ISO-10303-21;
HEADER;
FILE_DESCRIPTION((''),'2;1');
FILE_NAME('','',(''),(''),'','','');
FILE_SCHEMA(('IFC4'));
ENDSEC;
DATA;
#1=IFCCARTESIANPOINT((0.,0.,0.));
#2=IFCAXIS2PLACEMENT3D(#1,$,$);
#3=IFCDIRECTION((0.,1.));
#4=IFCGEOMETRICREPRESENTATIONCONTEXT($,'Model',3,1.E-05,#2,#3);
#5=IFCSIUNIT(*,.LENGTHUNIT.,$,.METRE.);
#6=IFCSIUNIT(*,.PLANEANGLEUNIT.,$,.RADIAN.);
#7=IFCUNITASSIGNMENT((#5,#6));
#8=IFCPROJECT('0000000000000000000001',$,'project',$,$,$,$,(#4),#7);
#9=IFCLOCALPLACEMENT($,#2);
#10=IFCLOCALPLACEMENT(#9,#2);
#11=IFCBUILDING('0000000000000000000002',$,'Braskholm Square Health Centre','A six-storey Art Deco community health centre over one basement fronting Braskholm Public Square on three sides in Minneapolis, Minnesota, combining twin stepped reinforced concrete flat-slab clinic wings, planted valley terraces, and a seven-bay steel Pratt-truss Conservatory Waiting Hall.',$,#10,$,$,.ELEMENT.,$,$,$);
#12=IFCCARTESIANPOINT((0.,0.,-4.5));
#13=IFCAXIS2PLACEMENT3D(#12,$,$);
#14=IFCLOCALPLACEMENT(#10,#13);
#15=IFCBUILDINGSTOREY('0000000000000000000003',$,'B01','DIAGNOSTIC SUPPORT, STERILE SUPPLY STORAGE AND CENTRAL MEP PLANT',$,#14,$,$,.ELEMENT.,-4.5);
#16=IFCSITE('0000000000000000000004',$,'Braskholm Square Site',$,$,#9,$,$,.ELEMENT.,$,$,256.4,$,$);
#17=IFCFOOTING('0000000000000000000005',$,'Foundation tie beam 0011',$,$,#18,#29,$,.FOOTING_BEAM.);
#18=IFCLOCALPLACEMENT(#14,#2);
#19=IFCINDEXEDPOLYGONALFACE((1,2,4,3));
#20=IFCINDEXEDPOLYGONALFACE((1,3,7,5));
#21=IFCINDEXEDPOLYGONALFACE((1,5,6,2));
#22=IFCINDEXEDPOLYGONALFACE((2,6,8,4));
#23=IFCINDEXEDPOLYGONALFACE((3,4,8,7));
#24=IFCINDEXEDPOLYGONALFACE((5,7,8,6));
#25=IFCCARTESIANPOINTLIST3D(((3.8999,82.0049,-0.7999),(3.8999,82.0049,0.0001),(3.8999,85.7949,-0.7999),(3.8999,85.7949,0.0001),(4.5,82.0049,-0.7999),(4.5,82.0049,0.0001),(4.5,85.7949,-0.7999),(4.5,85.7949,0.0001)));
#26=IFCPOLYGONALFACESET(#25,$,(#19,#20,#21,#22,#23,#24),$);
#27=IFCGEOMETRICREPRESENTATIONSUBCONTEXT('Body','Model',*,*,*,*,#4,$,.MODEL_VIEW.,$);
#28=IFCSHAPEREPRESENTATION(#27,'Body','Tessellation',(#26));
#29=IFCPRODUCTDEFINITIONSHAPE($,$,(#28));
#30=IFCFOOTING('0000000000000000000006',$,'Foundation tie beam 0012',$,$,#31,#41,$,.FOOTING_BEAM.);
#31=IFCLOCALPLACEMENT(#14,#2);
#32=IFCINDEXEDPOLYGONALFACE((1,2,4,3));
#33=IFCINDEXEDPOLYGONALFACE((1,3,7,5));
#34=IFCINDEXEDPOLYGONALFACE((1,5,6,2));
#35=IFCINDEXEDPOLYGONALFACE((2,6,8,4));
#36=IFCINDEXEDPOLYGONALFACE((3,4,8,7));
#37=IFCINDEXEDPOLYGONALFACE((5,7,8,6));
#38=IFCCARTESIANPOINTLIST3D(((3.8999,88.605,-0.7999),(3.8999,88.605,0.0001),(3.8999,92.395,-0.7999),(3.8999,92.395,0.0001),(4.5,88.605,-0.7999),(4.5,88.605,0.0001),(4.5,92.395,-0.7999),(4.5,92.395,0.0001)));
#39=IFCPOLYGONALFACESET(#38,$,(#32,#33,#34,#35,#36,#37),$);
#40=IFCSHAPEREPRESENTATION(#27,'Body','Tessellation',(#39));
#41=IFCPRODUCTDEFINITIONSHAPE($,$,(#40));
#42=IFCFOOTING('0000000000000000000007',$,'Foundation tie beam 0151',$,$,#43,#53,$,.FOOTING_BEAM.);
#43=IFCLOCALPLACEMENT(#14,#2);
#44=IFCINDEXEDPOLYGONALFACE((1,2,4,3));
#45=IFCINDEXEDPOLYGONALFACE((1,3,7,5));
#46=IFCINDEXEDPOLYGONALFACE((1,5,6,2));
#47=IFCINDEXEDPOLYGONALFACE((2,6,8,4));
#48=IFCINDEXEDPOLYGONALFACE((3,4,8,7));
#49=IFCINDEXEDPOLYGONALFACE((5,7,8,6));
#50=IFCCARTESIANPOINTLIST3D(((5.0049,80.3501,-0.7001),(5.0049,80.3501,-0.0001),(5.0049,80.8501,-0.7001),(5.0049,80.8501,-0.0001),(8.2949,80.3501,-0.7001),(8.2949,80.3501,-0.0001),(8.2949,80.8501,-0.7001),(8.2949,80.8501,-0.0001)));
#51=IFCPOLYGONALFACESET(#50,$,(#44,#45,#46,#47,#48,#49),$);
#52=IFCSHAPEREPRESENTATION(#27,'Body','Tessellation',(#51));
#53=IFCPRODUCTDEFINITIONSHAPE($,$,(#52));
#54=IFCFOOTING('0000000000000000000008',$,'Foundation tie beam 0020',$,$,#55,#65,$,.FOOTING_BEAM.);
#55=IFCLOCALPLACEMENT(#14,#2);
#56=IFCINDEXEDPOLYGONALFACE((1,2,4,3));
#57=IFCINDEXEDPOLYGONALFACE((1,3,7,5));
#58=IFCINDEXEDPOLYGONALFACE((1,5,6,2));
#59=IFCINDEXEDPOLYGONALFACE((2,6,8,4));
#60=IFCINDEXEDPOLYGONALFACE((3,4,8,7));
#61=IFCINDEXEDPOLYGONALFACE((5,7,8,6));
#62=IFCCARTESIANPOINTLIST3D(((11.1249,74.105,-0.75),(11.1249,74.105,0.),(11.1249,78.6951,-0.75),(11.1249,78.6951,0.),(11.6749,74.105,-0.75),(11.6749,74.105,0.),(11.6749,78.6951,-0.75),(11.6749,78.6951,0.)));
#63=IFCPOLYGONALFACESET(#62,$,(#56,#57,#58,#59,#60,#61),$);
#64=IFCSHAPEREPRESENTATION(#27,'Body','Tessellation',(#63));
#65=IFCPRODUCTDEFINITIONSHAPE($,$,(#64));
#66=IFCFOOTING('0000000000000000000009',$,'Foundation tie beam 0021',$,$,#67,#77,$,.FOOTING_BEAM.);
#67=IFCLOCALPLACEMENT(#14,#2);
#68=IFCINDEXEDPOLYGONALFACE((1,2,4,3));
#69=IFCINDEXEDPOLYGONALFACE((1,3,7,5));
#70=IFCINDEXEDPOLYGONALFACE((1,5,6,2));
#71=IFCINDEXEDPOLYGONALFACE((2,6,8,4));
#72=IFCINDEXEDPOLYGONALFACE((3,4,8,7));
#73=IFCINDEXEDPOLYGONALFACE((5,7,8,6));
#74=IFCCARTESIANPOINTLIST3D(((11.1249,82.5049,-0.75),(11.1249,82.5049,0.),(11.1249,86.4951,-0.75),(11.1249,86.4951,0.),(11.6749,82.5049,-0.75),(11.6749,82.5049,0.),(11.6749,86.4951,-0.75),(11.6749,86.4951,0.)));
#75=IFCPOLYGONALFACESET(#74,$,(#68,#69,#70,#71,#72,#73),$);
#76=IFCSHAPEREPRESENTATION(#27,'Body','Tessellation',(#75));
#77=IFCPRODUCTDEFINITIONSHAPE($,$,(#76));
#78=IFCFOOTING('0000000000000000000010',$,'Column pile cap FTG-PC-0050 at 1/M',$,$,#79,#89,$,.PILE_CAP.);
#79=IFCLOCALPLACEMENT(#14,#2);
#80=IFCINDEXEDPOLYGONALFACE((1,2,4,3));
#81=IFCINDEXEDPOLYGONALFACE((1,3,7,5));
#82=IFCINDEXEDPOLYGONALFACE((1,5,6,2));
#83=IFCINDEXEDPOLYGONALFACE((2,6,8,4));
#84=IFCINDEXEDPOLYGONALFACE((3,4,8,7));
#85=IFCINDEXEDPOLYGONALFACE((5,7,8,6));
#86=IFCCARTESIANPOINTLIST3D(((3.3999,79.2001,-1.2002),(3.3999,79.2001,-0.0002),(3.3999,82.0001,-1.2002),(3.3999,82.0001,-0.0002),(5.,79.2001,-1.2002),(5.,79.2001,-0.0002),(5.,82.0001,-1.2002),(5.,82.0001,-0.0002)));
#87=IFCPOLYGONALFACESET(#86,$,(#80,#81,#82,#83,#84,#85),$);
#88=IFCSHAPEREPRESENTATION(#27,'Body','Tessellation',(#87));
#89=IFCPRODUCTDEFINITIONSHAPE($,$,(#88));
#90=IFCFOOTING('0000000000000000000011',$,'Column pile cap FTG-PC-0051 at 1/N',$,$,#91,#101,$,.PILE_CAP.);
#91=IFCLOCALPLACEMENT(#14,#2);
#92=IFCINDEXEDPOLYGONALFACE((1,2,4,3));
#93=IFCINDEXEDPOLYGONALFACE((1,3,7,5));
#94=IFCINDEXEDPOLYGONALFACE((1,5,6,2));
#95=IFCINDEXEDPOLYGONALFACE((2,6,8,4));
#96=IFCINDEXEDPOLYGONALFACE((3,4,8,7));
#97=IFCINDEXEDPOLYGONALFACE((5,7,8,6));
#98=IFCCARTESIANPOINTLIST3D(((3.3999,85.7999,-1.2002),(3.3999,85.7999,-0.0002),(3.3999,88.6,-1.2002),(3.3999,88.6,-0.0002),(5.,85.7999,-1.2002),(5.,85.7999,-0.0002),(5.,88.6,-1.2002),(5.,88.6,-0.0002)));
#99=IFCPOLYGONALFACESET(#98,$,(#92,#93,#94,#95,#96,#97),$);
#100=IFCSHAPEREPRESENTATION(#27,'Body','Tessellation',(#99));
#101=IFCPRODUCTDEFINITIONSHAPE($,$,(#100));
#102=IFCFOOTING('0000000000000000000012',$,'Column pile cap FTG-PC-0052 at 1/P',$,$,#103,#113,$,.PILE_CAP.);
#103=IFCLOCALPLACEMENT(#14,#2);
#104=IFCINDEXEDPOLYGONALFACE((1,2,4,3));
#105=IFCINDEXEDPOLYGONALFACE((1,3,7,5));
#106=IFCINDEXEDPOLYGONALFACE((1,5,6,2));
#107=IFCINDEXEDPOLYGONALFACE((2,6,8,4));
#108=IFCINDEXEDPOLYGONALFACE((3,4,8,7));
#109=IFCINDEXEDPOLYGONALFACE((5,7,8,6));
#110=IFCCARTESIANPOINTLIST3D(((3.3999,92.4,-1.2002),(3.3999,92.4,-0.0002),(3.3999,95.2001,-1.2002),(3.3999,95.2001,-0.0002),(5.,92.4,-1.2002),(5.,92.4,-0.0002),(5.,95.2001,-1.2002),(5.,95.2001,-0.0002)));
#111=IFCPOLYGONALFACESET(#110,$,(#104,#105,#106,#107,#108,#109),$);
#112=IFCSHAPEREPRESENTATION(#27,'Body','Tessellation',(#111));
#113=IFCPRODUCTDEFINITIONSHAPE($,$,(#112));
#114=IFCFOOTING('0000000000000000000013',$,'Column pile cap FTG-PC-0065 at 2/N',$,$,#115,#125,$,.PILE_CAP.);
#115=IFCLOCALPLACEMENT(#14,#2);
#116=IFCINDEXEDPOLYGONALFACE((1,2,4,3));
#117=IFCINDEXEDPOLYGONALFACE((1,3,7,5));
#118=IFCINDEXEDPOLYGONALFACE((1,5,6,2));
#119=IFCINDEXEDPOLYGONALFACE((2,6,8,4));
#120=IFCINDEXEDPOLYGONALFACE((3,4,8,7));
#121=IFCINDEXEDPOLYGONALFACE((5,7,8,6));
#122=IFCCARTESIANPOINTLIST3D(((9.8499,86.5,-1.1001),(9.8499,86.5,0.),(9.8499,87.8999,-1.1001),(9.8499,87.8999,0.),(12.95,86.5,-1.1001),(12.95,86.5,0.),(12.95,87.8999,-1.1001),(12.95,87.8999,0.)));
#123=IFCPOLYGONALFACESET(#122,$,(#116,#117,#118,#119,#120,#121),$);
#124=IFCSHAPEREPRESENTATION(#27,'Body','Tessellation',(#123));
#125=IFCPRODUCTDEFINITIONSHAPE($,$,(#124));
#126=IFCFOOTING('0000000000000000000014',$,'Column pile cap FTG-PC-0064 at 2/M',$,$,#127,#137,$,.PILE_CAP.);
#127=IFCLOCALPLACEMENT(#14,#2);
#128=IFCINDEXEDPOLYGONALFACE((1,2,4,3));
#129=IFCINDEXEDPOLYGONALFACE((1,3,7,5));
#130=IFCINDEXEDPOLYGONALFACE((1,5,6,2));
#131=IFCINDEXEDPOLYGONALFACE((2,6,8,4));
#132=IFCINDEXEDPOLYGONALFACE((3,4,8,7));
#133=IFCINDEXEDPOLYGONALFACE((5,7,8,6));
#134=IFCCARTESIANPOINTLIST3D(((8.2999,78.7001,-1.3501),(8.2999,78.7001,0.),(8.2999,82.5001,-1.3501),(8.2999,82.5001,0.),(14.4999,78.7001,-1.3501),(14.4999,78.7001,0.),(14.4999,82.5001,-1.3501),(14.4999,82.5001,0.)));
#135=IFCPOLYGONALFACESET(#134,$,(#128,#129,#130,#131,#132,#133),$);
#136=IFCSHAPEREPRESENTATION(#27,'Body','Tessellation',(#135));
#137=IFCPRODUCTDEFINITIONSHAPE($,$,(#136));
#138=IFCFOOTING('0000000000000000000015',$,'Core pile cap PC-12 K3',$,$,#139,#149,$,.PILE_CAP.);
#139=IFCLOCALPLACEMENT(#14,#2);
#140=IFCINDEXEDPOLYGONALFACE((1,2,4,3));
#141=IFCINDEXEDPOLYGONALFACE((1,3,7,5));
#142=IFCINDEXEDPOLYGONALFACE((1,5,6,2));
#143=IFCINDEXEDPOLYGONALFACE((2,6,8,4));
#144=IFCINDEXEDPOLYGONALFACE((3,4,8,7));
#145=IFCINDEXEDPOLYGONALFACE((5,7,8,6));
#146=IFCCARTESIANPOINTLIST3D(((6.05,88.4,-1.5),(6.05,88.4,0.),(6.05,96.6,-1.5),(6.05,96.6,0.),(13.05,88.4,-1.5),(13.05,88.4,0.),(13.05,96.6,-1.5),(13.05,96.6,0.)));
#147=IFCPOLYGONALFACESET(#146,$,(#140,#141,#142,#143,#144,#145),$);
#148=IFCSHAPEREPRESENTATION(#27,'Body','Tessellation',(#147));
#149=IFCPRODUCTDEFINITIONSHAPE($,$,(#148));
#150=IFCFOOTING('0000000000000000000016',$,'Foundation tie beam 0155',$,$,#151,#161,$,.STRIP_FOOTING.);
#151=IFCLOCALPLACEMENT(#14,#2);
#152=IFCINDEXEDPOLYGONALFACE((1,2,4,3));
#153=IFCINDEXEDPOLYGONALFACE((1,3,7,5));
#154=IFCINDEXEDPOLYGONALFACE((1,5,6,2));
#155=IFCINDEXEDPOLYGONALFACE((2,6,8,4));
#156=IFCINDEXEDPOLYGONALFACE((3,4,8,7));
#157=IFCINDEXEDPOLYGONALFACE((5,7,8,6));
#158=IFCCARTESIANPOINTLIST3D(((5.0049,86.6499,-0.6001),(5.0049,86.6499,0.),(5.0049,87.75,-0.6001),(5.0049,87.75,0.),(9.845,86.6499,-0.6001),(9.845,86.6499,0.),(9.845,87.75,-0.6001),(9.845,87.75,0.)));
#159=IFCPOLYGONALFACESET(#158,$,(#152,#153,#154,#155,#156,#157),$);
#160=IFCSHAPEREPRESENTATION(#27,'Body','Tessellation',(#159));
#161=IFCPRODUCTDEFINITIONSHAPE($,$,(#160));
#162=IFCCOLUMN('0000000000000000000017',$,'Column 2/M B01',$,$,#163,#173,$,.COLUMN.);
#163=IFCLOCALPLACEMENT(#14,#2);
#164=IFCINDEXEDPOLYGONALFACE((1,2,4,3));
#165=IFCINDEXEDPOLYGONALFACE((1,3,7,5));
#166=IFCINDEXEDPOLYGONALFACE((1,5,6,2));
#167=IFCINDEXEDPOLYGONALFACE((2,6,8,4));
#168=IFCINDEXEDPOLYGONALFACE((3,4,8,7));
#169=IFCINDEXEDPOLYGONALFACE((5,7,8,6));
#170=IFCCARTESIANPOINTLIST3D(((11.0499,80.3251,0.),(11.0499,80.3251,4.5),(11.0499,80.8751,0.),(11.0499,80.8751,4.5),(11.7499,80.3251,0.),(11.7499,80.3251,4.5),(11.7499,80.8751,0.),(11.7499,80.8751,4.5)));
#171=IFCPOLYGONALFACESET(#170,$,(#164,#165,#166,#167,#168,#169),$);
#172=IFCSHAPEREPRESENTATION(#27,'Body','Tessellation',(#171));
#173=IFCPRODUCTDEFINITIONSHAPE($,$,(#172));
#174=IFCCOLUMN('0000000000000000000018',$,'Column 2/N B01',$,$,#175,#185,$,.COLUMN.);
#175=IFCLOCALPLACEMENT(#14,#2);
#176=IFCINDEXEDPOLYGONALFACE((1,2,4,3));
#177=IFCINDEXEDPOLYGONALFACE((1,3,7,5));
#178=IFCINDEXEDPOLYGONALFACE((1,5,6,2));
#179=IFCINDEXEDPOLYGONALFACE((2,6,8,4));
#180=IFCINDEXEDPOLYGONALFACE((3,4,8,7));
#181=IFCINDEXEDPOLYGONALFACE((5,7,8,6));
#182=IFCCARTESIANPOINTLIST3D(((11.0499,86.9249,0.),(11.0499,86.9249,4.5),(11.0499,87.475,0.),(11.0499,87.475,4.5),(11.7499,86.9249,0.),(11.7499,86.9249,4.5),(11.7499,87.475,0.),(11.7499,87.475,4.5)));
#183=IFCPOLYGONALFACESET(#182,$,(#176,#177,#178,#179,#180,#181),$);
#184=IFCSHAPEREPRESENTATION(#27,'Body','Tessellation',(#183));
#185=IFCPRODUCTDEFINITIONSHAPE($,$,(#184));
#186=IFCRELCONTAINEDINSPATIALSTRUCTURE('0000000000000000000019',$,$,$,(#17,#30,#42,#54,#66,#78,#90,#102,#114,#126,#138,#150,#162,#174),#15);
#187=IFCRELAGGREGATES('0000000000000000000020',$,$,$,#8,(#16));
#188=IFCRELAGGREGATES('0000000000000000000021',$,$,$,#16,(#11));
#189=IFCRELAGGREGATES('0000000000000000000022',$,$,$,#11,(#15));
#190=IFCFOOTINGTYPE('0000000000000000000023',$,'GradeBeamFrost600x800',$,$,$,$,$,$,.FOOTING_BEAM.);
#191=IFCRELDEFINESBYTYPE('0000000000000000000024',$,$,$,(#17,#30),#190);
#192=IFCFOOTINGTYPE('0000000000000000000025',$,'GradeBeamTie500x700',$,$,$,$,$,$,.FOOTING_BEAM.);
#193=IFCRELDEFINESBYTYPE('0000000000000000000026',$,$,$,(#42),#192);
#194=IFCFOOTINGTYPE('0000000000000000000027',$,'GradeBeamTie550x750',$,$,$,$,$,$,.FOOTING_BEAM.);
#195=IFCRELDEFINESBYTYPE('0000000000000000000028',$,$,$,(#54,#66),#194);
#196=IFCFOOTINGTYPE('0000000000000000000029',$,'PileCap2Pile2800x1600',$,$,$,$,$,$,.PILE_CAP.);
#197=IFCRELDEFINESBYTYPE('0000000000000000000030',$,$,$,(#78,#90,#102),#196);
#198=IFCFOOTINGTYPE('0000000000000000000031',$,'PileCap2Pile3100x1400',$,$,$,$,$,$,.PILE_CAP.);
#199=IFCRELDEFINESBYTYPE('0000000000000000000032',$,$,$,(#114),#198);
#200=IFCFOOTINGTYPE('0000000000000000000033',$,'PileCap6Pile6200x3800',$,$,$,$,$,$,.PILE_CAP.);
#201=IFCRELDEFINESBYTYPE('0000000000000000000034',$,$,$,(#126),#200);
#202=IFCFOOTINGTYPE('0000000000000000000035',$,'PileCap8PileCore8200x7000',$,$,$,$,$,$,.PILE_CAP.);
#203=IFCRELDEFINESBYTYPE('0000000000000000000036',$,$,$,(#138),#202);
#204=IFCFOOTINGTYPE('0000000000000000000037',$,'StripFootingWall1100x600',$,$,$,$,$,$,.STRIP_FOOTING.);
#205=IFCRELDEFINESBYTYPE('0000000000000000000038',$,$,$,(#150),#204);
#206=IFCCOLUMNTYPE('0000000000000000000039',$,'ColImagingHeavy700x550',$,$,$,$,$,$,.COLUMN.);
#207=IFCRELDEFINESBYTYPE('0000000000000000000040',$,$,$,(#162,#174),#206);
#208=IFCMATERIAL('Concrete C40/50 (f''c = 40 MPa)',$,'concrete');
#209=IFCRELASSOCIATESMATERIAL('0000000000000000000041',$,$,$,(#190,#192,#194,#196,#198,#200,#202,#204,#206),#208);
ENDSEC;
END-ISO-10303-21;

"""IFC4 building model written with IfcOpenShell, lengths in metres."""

from ifc_helpers import new_model, si_unit, direction, frame, origin, origin_2d, place, context, subcontext, project, spatial, rectangle, extrude, material, material_profile, profile_set, type_object, element, save


model = new_model("IFC4")

# Units and contexts
model_context = context("Model", 3, precision=1e-05, world=origin(), true_north=direction((0.0, 1.0)))
body_context = subcontext(model_context, "Body", "Model", "MODEL_VIEW")
ifc_project = project(units=[si_unit("LENGTHUNIT", "METRE"), si_unit("PLANEANGLEUNIT", "RADIAN")], contexts=[model_context])

# Site, building, storey
site_placement = place(None, origin())
site = spatial("IfcSite", under=ifc_project, at=site_placement, Name="Braskholm Square Site", CompositionType="ELEMENT", RefElevation=256.4)
building_placement = place(site_placement, origin())
building = spatial("IfcBuilding", under=site, at=building_placement, Name="Braskholm Square Health Centre", Description="A six-storey Art Deco community health centre over one basement fronting Braskholm Public Square on three sides in Minneapolis, Minnesota, combining twin stepped reinforced concrete flat-slab clinic wings, planted valley terraces, and a seven-bay steel Pratt-truss Conservatory Waiting Hall.", CompositionType="ELEMENT")
storey_placement = place(building_placement, frame((0.0, 0.0, -4.5)))
storey = spatial("IfcBuildingStorey", under=building, at=storey_placement, Name="B01", Description="DIAGNOSTIC SUPPORT, STERILE SUPPLY STORAGE AND CENTRAL MEP PLANT", CompositionType="ELEMENT", Elevation=-4.5)

# Shared definitions
ifc_material_1 = material(Name="Concrete C40/50 (f'c = 40 MPa)", Category="concrete")

# Footings
ifc_material_profile_1 = material_profile(ifc_material_1, rectangle(XDim=0.6001, YDim=0.8, at=origin_2d()), Name="FTG-600X800")
ifc_profile_set_1 = profile_set([ifc_material_profile_1], Name="Concrete C40/50 (f'c = 40 MPa)")
footing_type_1 = type_object("IfcFootingType", Name="GradeBeamFrost600x800", PredefinedType="FOOTING_BEAM", material=ifc_profile_set_1)
for number, where, z_axis, x_axis, name in (
    (1, (4.2, 82.0049, -0.3999), (0.0, 1.0, 0.0), (-1.0, 0.0, 0.0), "Foundation tie beam 0011"),
    (2, (4.2, 88.605, -0.3999), (0.0, 1.0, 0.0), (-1.0, 0.0, 0.0), "Foundation tie beam 0012"),
):
    element("IfcFooting", number, at=place(storey_placement, frame(where, z_axis=z_axis, x_axis=x_axis)), inside=storey, type_object=footing_type_1, Name=name, PredefinedType="FOOTING_BEAM", context=body_context, shape_type="SweptSolid", body=[
        extrude(rectangle(XDim=0.6001, YDim=0.8, at=origin_2d()), origin(), (0.0, 0.0, 1.0), 3.79),
    ])
ifc_material_profile_2 = material_profile(ifc_material_1, rectangle(XDim=0.5, YDim=0.7, at=origin_2d()), Name="FTG-500X700")
ifc_profile_set_2 = profile_set([ifc_material_profile_2], Name="Concrete C40/50 (f'c = 40 MPa)")
footing_type_2 = type_object("IfcFootingType", Name="GradeBeamTie500x700", PredefinedType="FOOTING_BEAM", material=ifc_profile_set_2)
footing_1_placement = place(storey_placement, frame((5.0049, 80.6001, -0.3501), z_axis=(1.0, 0.0, 0.0), x_axis=(0.0, 1.0, 0.0)))
element("IfcFooting", 3, at=footing_1_placement, inside=storey, type_object=footing_type_2, Name="Foundation tie beam 0151", PredefinedType="FOOTING_BEAM", context=body_context, shape_type="SweptSolid", body=[
    extrude(rectangle(XDim=0.5, YDim=0.7, at=origin_2d()), origin(), (0.0, 0.0, 1.0), 3.29),
])
ifc_material_profile_3 = material_profile(ifc_material_1, rectangle(XDim=0.55, YDim=0.75, at=origin_2d()), Name="FTG-550X750")
ifc_profile_set_3 = profile_set([ifc_material_profile_3], Name="Concrete C40/50 (f'c = 40 MPa)")
footing_type_3 = type_object("IfcFootingType", Name="GradeBeamTie550x750", PredefinedType="FOOTING_BEAM", material=ifc_profile_set_3)
footing_2_placement = place(storey_placement, frame((11.3999, 74.105, -0.375), z_axis=(0.0, 1.0, 0.0), x_axis=(-1.0, 0.0, 0.0)))
element("IfcFooting", 4, at=footing_2_placement, inside=storey, type_object=footing_type_3, Name="Foundation tie beam 0020", PredefinedType="FOOTING_BEAM", context=body_context, shape_type="SweptSolid", body=[
    extrude(rectangle(XDim=0.55, YDim=0.75, at=origin_2d()), origin(), (0.0, 0.0, 1.0), 4.5901),
])
footing_3_placement = place(storey_placement, frame((11.3999, 82.5049, -0.375), z_axis=(0.0, 1.0, 0.0), x_axis=(-1.0, 0.0, 0.0)))
element("IfcFooting", 5, at=footing_3_placement, inside=storey, type_object=footing_type_3, Name="Foundation tie beam 0021", PredefinedType="FOOTING_BEAM", context=body_context, shape_type="SweptSolid", body=[
    extrude(rectangle(XDim=0.55, YDim=0.75, at=origin_2d()), origin(), (0.0, 0.0, 1.0), 3.9902),
])
footing_type_4 = type_object("IfcFootingType", Name="PileCap2Pile2800x1600", PredefinedType="PILE_CAP", material=ifc_material_1)
for number, where, z_axis, x_axis, name in (
    (6, (4.2, 80.6001, -1.2002), (0.0, 0.0, 1.0), (0.0, 1.0, 0.0), "Column pile cap FTG-PC-0050 at 1/M"),
    (7, (4.2, 87.2, -1.2002), (0.0, 0.0, 1.0), (0.0, 1.0, 0.0), "Column pile cap FTG-PC-0051 at 1/N"),
    (8, (4.2, 93.8, -1.2002), (0.0, 0.0, 1.0), (0.0, 1.0, 0.0), "Column pile cap FTG-PC-0052 at 1/P"),
):
    element("IfcFooting", number, at=place(storey_placement, frame(where, z_axis=z_axis, x_axis=x_axis)), inside=storey, type_object=footing_type_4, Name=name, PredefinedType="PILE_CAP", context=body_context, shape_type="SweptSolid", body=[
        extrude(rectangle(XDim=2.8, YDim=1.6001, at=origin_2d()), origin(), (0.0, 0.0, 1.0), 1.2),
    ])
footing_type_5 = type_object("IfcFootingType", Name="PileCap2Pile3100x1400", PredefinedType="PILE_CAP", material=ifc_material_1)
footing_4_placement = place(storey_placement, frame((11.3999, 87.2, -1.1001), z_axis=(0.0, 0.0, 1.0), x_axis=(1.0, 0.0, 0.0)))
element("IfcFooting", 9, at=footing_4_placement, inside=storey, type_object=footing_type_5, Name="Column pile cap FTG-PC-0065 at 2/N", PredefinedType="PILE_CAP", context=body_context, shape_type="SweptSolid", body=[
    extrude(rectangle(XDim=3.1001, YDim=1.3999, at=origin_2d()), origin(), (0.0, 0.0, 1.0), 1.1001),
])
footing_type_6 = type_object("IfcFootingType", Name="PileCap6Pile6200x3800", PredefinedType="PILE_CAP", material=ifc_material_1)
footing_5_placement = place(storey_placement, frame((11.3999, 80.6001, -1.3501), z_axis=(0.0, 0.0, 1.0), x_axis=(1.0, 0.0, 0.0)))
element("IfcFooting", 10, at=footing_5_placement, inside=storey, type_object=footing_type_6, Name="Column pile cap FTG-PC-0064 at 2/M", PredefinedType="PILE_CAP", context=body_context, shape_type="SweptSolid", body=[
    extrude(rectangle(XDim=6.2, YDim=3.8, at=origin_2d()), origin(), (0.0, 0.0, 1.0), 1.3501),
])
footing_type_7 = type_object("IfcFootingType", Name="PileCap8PileCore8200x7000", PredefinedType="PILE_CAP", material=ifc_material_1)
footing_6_placement = place(storey_placement, frame((9.55, 92.5, -1.5), z_axis=(0.0, 0.0, 1.0), x_axis=(0.0, 1.0, 0.0)))
element("IfcFooting", 11, at=footing_6_placement, inside=storey, type_object=footing_type_7, Name="Core pile cap PC-12 K3", PredefinedType="PILE_CAP", context=body_context, shape_type="SweptSolid", body=[
    extrude(rectangle(XDim=8.2, YDim=7.0, at=origin_2d()), origin(), (0.0, 0.0, 1.0), 1.5),
])
ifc_material_profile_4 = material_profile(ifc_material_1, rectangle(XDim=1.1001, YDim=0.6001, at=origin_2d()), Name="FTG-1100X600")
ifc_profile_set_4 = profile_set([ifc_material_profile_4], Name="Concrete C40/50 (f'c = 40 MPa)")
footing_type_8 = type_object("IfcFootingType", Name="StripFootingWall1100x600", PredefinedType="STRIP_FOOTING", material=ifc_profile_set_4)
footing_7_placement = place(storey_placement, frame((5.0049, 87.2, -0.3), z_axis=(1.0, 0.0, 0.0), x_axis=(0.0, 1.0, 0.0)))
element("IfcFooting", 12, at=footing_7_placement, inside=storey, type_object=footing_type_8, Name="Foundation tie beam 0155", PredefinedType="STRIP_FOOTING", context=body_context, shape_type="SweptSolid", body=[
    extrude(rectangle(XDim=1.1001, YDim=0.6001, at=origin_2d()), origin(), (0.0, 0.0, 1.0), 4.8401),
])

# Columns
ifc_material_profile_5 = material_profile(ifc_material_1, rectangle(XDim=0.7, YDim=0.55, at=origin_2d()), Name="RC-700X550")
ifc_profile_set_5 = profile_set([ifc_material_profile_5], Name="Concrete C40/50 (f'c = 40 MPa)")
column_type_1 = type_object("IfcColumnType", Name="ColImagingHeavy700x550", PredefinedType="COLUMN", material=ifc_profile_set_5)
for number, where, z_axis, x_axis, name in (
    (13, (11.3999, 80.6001, 0.0), (0.0, 0.0, 1.0), (1.0, 0.0, 0.0), "Column 2/M B01"),
    (14, (11.3999, 87.2, 0.0), (0.0, 0.0, 1.0), (1.0, 0.0, 0.0), "Column 2/N B01"),
):
    element("IfcColumn", number, at=place(storey_placement, frame(where, z_axis=z_axis, x_axis=x_axis)), inside=storey, type_object=column_type_1, Name=name, PredefinedType="COLUMN", context=body_context, shape_type="SweptSolid", body=[
        extrude(rectangle(XDim=0.7, YDim=0.55, at=origin_2d()), origin(), (0.0, 0.0, 1.0), 4.5),
    ])

save(model, "model.ifc")
